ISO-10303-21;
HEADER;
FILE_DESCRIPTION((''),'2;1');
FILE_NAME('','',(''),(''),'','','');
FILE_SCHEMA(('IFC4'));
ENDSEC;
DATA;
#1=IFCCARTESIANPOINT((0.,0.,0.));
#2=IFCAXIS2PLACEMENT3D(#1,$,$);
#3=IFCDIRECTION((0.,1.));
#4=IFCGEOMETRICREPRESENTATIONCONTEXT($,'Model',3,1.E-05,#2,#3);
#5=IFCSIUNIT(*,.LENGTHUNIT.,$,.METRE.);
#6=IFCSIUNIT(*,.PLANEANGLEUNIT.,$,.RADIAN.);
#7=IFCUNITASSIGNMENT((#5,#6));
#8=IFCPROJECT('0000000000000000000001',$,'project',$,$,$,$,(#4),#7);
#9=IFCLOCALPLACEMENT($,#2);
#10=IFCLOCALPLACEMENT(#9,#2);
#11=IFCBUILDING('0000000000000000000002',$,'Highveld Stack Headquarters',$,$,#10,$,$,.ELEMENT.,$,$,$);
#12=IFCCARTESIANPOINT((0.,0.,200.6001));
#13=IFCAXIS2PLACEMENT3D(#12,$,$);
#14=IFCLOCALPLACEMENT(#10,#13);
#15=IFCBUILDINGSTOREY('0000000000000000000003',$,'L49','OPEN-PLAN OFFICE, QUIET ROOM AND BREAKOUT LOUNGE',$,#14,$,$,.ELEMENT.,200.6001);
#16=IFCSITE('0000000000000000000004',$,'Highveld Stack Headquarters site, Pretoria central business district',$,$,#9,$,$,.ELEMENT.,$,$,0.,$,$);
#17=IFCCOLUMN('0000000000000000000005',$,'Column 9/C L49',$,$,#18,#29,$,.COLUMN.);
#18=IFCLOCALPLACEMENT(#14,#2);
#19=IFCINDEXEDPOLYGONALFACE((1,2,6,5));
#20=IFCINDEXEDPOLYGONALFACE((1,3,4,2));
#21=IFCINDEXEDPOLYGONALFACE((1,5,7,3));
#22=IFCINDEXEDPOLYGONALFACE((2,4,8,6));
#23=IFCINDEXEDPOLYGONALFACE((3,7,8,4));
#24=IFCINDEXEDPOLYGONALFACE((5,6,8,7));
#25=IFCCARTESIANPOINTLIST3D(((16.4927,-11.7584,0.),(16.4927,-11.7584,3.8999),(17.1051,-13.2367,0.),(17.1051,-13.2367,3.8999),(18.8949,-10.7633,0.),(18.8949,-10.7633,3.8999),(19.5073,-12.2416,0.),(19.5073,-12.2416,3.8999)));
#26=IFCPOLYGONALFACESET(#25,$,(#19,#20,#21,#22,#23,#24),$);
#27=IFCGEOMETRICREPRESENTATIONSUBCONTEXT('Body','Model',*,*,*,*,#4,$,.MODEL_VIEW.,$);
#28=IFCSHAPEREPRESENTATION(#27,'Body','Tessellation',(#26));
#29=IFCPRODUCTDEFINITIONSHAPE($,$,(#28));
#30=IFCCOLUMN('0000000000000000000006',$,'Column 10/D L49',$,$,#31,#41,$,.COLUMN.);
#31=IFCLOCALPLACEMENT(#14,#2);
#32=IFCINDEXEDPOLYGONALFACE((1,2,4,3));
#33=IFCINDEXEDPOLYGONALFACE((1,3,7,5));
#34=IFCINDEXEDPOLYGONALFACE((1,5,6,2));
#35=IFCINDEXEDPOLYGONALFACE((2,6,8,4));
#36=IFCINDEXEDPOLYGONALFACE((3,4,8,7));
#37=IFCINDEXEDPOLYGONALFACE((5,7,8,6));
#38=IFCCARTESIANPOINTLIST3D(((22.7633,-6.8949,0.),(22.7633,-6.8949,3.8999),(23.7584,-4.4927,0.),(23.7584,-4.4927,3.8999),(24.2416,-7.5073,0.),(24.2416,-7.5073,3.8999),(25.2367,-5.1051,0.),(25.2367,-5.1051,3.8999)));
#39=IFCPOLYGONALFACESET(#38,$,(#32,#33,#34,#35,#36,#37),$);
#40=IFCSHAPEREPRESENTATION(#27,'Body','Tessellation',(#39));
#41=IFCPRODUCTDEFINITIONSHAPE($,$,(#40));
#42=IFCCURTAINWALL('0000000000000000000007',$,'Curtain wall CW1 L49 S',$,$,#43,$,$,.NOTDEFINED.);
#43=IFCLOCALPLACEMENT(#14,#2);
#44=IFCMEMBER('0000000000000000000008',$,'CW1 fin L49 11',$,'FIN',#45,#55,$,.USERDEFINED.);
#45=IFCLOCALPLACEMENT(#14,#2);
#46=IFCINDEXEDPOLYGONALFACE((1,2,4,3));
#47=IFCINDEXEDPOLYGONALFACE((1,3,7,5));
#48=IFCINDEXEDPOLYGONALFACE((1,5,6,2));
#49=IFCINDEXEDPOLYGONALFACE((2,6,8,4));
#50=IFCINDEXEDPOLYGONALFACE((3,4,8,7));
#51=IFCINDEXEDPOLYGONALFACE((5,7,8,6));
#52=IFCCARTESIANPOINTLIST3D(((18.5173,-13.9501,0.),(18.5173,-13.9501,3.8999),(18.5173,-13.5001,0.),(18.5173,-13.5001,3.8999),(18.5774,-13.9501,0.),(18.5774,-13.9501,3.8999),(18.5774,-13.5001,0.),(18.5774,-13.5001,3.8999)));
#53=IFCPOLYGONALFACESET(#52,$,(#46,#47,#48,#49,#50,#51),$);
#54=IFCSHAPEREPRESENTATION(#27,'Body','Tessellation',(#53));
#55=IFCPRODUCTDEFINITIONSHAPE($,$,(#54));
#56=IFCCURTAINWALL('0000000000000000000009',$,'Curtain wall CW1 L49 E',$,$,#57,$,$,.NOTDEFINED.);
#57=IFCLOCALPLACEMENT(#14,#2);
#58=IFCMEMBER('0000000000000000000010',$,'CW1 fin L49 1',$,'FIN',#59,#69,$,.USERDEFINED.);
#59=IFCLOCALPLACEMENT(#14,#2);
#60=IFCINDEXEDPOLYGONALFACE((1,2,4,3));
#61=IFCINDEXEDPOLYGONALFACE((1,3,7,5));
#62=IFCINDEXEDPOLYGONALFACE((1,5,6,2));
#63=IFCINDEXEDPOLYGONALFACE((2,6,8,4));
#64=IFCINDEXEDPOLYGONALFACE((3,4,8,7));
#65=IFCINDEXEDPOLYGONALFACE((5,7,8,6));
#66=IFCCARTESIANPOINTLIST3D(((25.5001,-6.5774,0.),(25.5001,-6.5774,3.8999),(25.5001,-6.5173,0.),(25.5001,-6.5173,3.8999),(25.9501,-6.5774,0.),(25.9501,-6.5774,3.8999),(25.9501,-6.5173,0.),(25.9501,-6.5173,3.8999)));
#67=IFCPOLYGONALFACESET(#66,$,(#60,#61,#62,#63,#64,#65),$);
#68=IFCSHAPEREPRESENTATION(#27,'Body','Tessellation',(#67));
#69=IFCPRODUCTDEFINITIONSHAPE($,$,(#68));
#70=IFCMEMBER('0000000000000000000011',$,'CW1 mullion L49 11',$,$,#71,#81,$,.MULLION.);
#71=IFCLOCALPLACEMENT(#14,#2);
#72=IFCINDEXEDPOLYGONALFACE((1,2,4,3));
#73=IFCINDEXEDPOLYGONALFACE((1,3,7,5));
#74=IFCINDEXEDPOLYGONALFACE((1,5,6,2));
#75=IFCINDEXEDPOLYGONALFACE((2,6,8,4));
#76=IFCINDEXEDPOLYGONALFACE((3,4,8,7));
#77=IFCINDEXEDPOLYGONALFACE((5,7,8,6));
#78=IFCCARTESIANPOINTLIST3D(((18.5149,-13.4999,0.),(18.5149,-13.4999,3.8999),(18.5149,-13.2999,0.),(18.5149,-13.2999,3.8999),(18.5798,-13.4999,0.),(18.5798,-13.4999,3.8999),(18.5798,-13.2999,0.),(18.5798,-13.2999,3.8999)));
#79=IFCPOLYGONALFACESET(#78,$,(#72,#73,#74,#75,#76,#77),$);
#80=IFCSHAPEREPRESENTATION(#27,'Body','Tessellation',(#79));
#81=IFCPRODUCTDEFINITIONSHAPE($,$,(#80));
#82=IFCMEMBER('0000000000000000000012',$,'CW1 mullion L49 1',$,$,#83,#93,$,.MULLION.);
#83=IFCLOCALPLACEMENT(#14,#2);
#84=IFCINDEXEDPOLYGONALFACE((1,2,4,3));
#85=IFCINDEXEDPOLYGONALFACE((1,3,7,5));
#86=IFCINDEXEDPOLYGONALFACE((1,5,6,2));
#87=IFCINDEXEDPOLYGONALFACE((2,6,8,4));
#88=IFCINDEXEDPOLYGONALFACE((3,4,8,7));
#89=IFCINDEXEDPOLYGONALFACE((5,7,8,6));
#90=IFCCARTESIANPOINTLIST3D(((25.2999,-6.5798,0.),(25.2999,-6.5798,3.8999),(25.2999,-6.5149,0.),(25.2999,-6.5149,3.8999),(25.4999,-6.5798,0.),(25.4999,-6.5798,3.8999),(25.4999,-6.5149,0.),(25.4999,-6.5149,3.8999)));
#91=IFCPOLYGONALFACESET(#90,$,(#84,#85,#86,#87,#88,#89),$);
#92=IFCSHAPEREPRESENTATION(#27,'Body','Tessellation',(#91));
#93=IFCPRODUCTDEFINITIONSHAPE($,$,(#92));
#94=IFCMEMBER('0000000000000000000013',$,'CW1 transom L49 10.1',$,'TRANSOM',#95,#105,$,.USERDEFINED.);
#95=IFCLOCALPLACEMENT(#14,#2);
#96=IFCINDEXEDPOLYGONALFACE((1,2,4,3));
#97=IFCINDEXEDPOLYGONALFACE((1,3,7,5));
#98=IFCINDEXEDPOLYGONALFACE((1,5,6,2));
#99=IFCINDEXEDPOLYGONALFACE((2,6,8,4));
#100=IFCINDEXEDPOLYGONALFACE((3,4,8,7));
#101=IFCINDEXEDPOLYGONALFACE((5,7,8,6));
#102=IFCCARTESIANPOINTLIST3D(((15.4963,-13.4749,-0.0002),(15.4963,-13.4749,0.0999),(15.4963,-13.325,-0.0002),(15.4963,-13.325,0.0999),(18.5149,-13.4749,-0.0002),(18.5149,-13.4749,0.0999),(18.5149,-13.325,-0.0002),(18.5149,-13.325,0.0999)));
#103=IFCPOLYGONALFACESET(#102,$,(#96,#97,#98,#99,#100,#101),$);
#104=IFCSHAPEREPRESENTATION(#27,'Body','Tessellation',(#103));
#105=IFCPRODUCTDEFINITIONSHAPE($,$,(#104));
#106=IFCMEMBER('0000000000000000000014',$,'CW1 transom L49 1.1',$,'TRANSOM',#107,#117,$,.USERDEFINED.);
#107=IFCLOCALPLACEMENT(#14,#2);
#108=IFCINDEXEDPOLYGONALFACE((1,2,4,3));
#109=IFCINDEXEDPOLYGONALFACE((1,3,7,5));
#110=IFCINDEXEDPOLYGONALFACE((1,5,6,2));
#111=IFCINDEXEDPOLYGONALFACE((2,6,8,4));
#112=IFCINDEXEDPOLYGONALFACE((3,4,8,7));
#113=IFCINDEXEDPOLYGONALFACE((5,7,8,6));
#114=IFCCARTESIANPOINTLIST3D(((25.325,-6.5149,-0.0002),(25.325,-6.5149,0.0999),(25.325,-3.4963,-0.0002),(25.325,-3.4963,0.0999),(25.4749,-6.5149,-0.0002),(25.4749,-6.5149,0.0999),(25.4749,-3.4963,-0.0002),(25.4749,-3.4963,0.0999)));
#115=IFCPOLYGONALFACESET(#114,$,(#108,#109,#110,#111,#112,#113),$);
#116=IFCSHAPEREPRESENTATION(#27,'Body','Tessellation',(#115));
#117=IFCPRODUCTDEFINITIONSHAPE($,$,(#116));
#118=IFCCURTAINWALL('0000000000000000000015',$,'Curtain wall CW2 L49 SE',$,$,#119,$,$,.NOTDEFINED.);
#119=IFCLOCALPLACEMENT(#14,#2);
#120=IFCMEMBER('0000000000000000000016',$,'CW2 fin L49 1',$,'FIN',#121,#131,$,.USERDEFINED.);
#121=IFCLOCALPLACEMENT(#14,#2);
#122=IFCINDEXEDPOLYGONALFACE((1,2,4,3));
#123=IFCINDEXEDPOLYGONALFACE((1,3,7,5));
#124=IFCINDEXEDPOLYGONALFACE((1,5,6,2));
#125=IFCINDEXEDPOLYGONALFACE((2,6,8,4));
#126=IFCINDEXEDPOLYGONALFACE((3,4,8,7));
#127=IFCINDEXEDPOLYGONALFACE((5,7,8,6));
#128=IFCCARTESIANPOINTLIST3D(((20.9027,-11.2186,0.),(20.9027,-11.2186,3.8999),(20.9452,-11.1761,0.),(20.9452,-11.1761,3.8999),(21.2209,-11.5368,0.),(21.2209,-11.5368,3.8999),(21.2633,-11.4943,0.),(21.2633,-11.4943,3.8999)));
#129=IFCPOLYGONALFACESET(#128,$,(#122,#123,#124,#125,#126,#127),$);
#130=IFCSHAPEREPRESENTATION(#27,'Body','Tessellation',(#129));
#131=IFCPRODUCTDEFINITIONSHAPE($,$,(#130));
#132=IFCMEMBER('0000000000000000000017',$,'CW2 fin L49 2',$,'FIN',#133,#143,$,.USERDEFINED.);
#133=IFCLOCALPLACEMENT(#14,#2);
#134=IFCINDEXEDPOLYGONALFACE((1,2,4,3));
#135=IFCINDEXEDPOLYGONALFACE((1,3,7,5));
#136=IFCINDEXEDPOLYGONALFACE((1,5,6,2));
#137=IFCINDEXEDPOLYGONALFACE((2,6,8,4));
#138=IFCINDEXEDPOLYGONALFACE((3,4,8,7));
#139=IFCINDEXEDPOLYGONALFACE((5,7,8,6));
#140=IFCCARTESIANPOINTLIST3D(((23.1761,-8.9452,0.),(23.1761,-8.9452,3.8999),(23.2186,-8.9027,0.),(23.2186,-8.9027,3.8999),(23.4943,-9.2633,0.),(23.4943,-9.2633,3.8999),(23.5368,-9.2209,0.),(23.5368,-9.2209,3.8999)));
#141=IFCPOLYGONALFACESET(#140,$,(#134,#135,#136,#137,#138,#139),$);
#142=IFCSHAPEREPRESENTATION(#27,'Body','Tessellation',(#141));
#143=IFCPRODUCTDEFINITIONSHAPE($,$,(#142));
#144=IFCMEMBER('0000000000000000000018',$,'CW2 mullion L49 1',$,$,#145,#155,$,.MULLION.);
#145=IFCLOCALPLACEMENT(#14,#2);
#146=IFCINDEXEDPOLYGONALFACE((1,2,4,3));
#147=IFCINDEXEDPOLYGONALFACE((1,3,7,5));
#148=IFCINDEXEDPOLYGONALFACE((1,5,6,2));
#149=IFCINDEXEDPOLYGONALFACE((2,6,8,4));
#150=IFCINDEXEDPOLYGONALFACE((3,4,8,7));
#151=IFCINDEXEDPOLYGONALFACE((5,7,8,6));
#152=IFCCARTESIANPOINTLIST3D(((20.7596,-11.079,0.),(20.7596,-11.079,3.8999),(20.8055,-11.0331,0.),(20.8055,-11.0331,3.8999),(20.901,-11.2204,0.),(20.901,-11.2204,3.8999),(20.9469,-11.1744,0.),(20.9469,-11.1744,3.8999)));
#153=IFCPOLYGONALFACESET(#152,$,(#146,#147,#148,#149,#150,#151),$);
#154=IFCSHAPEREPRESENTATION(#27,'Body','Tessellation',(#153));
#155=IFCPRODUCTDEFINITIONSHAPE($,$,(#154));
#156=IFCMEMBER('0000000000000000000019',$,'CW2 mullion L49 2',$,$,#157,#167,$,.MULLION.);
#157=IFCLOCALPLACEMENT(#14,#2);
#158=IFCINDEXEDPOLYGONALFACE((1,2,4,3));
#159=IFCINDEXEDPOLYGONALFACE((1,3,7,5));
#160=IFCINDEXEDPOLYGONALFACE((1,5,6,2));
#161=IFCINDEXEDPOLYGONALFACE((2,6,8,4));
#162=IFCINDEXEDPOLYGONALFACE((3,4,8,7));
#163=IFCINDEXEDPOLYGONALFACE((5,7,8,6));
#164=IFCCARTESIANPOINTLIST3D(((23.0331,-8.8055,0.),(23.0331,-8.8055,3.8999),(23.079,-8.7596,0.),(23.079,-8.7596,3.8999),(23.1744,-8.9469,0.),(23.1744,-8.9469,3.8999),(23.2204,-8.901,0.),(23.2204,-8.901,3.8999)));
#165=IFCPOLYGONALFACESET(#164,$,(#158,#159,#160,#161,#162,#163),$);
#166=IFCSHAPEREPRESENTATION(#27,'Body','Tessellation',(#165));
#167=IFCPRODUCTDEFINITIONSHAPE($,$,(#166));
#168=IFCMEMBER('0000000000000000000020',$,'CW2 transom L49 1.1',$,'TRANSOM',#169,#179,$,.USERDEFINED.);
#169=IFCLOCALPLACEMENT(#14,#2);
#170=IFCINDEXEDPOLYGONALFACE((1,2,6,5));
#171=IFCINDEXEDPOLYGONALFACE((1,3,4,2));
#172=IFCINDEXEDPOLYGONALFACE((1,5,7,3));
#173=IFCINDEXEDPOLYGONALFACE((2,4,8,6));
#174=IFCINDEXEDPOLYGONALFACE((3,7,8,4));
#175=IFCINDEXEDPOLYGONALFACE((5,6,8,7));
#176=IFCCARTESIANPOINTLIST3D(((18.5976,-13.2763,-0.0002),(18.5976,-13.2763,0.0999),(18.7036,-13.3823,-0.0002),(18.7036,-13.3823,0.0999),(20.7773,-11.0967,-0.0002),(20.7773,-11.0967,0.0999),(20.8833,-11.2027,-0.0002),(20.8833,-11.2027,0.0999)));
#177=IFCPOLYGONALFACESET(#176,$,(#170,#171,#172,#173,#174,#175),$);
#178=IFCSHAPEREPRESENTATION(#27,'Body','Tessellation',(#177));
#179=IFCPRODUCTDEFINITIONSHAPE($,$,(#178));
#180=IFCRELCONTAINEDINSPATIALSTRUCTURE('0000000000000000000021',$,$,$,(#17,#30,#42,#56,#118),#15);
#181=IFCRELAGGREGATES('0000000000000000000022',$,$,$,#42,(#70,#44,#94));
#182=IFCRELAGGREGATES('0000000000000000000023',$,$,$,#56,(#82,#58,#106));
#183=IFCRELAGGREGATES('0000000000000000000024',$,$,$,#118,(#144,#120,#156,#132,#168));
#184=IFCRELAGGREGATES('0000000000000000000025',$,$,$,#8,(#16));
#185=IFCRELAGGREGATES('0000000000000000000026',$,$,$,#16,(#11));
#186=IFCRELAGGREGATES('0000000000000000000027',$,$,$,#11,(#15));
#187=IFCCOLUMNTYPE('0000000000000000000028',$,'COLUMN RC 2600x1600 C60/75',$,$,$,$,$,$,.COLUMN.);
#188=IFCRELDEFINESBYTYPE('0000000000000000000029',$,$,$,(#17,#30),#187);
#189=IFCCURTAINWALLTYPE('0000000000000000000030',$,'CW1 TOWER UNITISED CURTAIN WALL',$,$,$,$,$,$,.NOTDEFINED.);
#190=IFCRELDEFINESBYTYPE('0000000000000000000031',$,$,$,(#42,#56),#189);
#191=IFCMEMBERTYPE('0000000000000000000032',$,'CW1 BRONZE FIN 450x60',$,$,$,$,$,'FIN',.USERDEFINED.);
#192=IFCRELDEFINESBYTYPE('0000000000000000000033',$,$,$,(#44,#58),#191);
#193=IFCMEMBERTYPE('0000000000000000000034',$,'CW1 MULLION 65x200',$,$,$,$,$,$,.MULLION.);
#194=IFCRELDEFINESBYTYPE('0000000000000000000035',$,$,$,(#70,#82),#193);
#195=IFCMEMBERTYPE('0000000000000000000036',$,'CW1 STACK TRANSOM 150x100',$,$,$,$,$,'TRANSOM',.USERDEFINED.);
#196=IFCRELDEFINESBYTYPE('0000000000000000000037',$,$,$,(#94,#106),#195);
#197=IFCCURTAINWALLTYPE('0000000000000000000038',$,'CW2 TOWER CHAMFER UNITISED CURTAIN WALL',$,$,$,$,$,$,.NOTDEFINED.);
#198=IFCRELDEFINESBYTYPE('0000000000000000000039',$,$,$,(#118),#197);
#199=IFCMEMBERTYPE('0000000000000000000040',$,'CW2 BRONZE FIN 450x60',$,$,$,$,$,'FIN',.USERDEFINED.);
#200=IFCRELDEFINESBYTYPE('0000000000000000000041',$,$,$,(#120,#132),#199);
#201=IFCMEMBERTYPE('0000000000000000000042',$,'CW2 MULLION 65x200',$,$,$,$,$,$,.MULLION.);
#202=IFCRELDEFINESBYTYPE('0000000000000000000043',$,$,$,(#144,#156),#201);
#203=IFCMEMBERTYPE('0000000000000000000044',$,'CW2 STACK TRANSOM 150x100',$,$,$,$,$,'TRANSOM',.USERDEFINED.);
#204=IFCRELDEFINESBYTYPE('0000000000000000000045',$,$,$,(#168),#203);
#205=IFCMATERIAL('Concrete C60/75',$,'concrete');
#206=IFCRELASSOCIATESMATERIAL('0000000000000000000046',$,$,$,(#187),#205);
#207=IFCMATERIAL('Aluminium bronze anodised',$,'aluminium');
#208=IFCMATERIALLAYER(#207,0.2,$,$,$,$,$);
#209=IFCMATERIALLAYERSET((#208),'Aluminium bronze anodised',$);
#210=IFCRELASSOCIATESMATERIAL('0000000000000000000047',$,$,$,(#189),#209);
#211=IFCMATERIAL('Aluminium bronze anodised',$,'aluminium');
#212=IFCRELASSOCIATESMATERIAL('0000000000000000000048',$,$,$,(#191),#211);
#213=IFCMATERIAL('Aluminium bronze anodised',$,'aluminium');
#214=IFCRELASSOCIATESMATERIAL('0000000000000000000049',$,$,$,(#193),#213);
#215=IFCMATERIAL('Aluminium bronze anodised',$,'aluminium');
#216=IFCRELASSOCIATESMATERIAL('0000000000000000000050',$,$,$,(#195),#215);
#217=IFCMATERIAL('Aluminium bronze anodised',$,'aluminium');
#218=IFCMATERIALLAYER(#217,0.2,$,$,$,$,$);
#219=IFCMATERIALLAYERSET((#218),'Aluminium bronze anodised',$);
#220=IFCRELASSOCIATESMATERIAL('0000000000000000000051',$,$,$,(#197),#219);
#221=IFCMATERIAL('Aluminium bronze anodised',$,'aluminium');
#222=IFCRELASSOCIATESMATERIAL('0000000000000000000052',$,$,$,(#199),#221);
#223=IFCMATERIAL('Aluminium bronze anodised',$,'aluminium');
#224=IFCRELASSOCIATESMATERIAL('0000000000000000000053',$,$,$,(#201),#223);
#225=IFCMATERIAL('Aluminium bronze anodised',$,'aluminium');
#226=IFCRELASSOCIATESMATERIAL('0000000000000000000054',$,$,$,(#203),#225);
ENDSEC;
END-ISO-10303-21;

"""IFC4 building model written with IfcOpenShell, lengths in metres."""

from ifc_helpers import new_model, si_unit, direction, frame, origin, origin_2d, place, context, subcontext, project, spatial, rectangle, extrude, material, layer, layer_set, material_profile, profile_set, type_object, element, aggregate, save


model = new_model("IFC4")

# Units and contexts
model_context = context("Model", 3, precision=1e-05, world=origin(), true_north=direction((0.0, 1.0)))
body_context = subcontext(model_context, "Body", "Model", "MODEL_VIEW")
ifc_project = project(units=[si_unit("LENGTHUNIT", "METRE"), si_unit("PLANEANGLEUNIT", "RADIAN")], contexts=[model_context])

# Site, building, storey
site_placement = place(None, origin())
site = spatial("IfcSite", under=ifc_project, at=site_placement, Name="Highveld Stack Headquarters site, Pretoria central business district", CompositionType="ELEMENT", RefElevation=0.0)
building_placement = place(site_placement, origin())
building = spatial("IfcBuilding", under=site, at=building_placement, Name="Highveld Stack Headquarters", CompositionType="ELEMENT")
storey_placement = place(building_placement, frame((0.0, 0.0, 200.6001)))
storey = spatial("IfcBuildingStorey", under=building, at=storey_placement, Name="L49", Description="OPEN-PLAN OFFICE, QUIET ROOM AND BREAKOUT LOUNGE", CompositionType="ELEMENT", Elevation=200.6001)

# Columns
ifc_material_1 = material(Name="Concrete C60/75", Category="concrete")
ifc_material_profile_1 = material_profile(ifc_material_1, rectangle(XDim=2.6001, YDim=1.6001, at=origin_2d()), Name="RC 2600x1600")
ifc_profile_set_1 = profile_set([ifc_material_profile_1], Name="Concrete C60/75")
column_type = type_object("IfcColumnType", Name="COLUMN RC 2600x1600 C60/75", PredefinedType="COLUMN", material=ifc_profile_set_1)
for number, where, z_axis, x_axis, name in (
    (1, (18.0, -12.0, 0.0), (0.0, 0.0, 1.0), (-0.92388, -0.382683, 0.0), "Column 9/C L49"),
    (2, (24.0, -6.0, 0.0), (0.0, 0.0, 1.0), (-0.382683, -0.92388, 0.0), "Column 10/D L49"),
):
    element("IfcColumn", number, at=place(storey_placement, frame(where, z_axis=z_axis, x_axis=x_axis)), inside=storey, type_object=column_type, Name=name, PredefinedType="COLUMN", context=body_context, shape_type="SweptSolid", body=[
        extrude(rectangle(XDim=2.6001, YDim=1.6001, at=origin_2d()), origin(), (0.0, 0.0, 1.0), 3.8999),
    ])

# Curtain walls, members
ifc_material_2 = material(Name="Aluminium bronze anodised", Category="aluminium")
ifc_layer_1 = layer(ifc_material_2, 0.2)
ifc_layer_set_1 = layer_set([ifc_layer_1], Name="Aluminium bronze anodised")
curtain_wall_type_1 = type_object("IfcCurtainWallType", Name="CW1 TOWER UNITISED CURTAIN WALL", PredefinedType="NOTDEFINED", material=ifc_layer_set_1)
curtain_wall_1_placement = place(storey_placement, origin())
curtain_wall_1 = element("IfcCurtainWall", 3, at=curtain_wall_1_placement, inside=storey, type_object=curtain_wall_type_1, Name="Curtain wall CW1 L49 S", PredefinedType="NOTDEFINED")
ifc_material_3 = material(Name="Aluminium bronze anodised", Category="aluminium")
ifc_material_profile_2 = material_profile(ifc_material_3, rectangle(XDim=0.45, YDim=0.0601, at=origin_2d()), Name="FIN 450x60")
ifc_profile_set_2 = profile_set([ifc_material_profile_2], Name="Aluminium bronze anodised")
member_type_1 = type_object("IfcMemberType", Name="CW1 BRONZE FIN 450x60", ElementType="FIN", PredefinedType="USERDEFINED", material=ifc_profile_set_2)
member_1_placement = place(storey_placement, frame((18.5474, -13.7251, 0.0), z_axis=(0.0, 0.0, 1.0), x_axis=(0.0, 1.0, 0.0)))
member_1 = element("IfcMember", 4, at=member_1_placement, type_object=member_type_1, Name="CW1 fin L49 11", ObjectType="FIN", PredefinedType="USERDEFINED", context=body_context, shape_type="SweptSolid", body=[
    extrude(rectangle(XDim=0.45, YDim=0.0601, at=origin_2d()), origin(), (0.0, 0.0, 1.0), 3.8999),
])
curtain_wall_2_placement = place(storey_placement, origin())
curtain_wall_2 = element("IfcCurtainWall", 5, at=curtain_wall_2_placement, inside=storey, type_object=curtain_wall_type_1, Name="Curtain wall CW1 L49 E", PredefinedType="NOTDEFINED")
member_2_placement = place(storey_placement, frame((25.7251, -6.5474, 0.0), z_axis=(0.0, 0.0, 1.0), x_axis=(-1.0, 0.0, 0.0)))
member_2 = element("IfcMember", 6, at=member_2_placement, type_object=member_type_1, Name="CW1 fin L49 1", ObjectType="FIN", PredefinedType="USERDEFINED", context=body_context, shape_type="SweptSolid", body=[
    extrude(rectangle(XDim=0.45, YDim=0.0601, at=origin_2d()), origin(), (0.0, 0.0, 1.0), 3.8999),
])

# Members
ifc_material_4 = material(Name="Aluminium bronze anodised", Category="aluminium")
ifc_material_profile_3 = material_profile(ifc_material_4, rectangle(XDim=0.2, YDim=0.0649, at=origin_2d()), Name="CW1 MULLION 65x200")
ifc_profile_set_3 = profile_set([ifc_material_profile_3], Name="Aluminium bronze anodised")
member_type_2 = type_object("IfcMemberType", Name="CW1 MULLION 65x200", PredefinedType="MULLION", material=ifc_profile_set_3)
member_3_placement = place(storey_placement, frame((18.5474, -13.3999, 0.0), z_axis=(0.0, 0.0, 1.0), x_axis=(0.0, 1.0, 0.0)))
member_3 = element("IfcMember", 7, at=member_3_placement, type_object=member_type_2, Name="CW1 mullion L49 11", PredefinedType="MULLION", context=body_context, shape_type="SweptSolid", body=[
    extrude(rectangle(XDim=0.2, YDim=0.0649, at=origin_2d()), origin(), (0.0, 0.0, 1.0), 3.8999),
])
member_4_placement = place(storey_placement, frame((25.3999, -6.5474, 0.0), z_axis=(0.0, 0.0, 1.0), x_axis=(-1.0, 0.0, 0.0)))
member_4 = element("IfcMember", 8, at=member_4_placement, type_object=member_type_2, Name="CW1 mullion L49 1", PredefinedType="MULLION", context=body_context, shape_type="SweptSolid", body=[
    extrude(rectangle(XDim=0.2, YDim=0.0649, at=origin_2d()), origin(), (0.0, 0.0, 1.0), 3.8999),
])
ifc_material_5 = material(Name="Aluminium bronze anodised", Category="aluminium")
ifc_material_profile_4 = material_profile(ifc_material_5, rectangle(XDim=0.1499, YDim=0.1001, at=origin_2d()), Name="CW1 TRANSOM 150x100")
ifc_profile_set_4 = profile_set([ifc_material_profile_4], Name="Aluminium bronze anodised")
member_type_3 = type_object("IfcMemberType", Name="CW1 STACK TRANSOM 150x100", ElementType="TRANSOM", PredefinedType="USERDEFINED", material=ifc_profile_set_4)
member_5_placement = place(storey_placement, frame((15.4963, -13.3999, 0.0498), z_axis=(1.0, 0.0, 0.0), x_axis=(0.0, 1.0, 0.0)))
member_5 = element("IfcMember", 9, at=member_5_placement, type_object=member_type_3, Name="CW1 transom L49 10.1", ObjectType="TRANSOM", PredefinedType="USERDEFINED", context=body_context, shape_type="SweptSolid", body=[
    extrude(rectangle(XDim=0.1499, YDim=0.1001, at=origin_2d()), origin(), (0.0, 0.0, 1.0), 3.0186),
])
member_6_placement = place(storey_placement, frame((25.3999, -6.5149, 0.0498), z_axis=(0.0, 1.0, 0.0), x_axis=(-1.0, 0.0, 0.0)))
member_6 = element("IfcMember", 10, at=member_6_placement, type_object=member_type_3, Name="CW1 transom L49 1.1", ObjectType="TRANSOM", PredefinedType="USERDEFINED", context=body_context, shape_type="SweptSolid", body=[
    extrude(rectangle(XDim=0.1499, YDim=0.1001, at=origin_2d()), origin(), (0.0, 0.0, 1.0), 3.0186),
])

# Curtain wall, members
ifc_material_6 = material(Name="Aluminium bronze anodised", Category="aluminium")
ifc_layer_2 = layer(ifc_material_6, 0.2)
ifc_layer_set_2 = layer_set([ifc_layer_2], Name="Aluminium bronze anodised")
curtain_wall_type_2 = type_object("IfcCurtainWallType", Name="CW2 TOWER CHAMFER UNITISED CURTAIN WALL", PredefinedType="NOTDEFINED", material=ifc_layer_set_2)
curtain_wall_3_placement = place(storey_placement, origin())
curtain_wall_3 = element("IfcCurtainWall", 11, at=curtain_wall_3_placement, inside=storey, type_object=curtain_wall_type_2, Name="Curtain wall CW2 L49 SE", PredefinedType="NOTDEFINED")
ifc_material_7 = material(Name="Aluminium bronze anodised", Category="aluminium")
ifc_material_profile_5 = material_profile(ifc_material_7, rectangle(XDim=0.45, YDim=0.0601, at=origin_2d()), Name="FIN 450x60")
ifc_profile_set_5 = profile_set([ifc_material_profile_5], Name="Aluminium bronze anodised")
member_type_4 = type_object("IfcMemberType", Name="CW2 BRONZE FIN 450x60", ElementType="FIN", PredefinedType="USERDEFINED", material=ifc_profile_set_5)
member_7_placement = place(storey_placement, frame((21.083, -11.3564, 0.0), z_axis=(0.0, 0.0, 1.0), x_axis=(-0.707107, 0.707107, 0.0)))
member_7 = element("IfcMember", 12, at=member_7_placement, type_object=member_type_4, Name="CW2 fin L49 1", ObjectType="FIN", PredefinedType="USERDEFINED", context=body_context, shape_type="SweptSolid", body=[
    extrude(rectangle(XDim=0.45, YDim=0.0601, at=origin_2d()), origin(), (0.0, 0.0, 1.0), 3.8999),
])
member_8_placement = place(storey_placement, frame((23.3564, -9.083, 0.0), z_axis=(0.0, 0.0, 1.0), x_axis=(-0.707107, 0.707107, 0.0)))
member_8 = element("IfcMember", 13, at=member_8_placement, type_object=member_type_4, Name="CW2 fin L49 2", ObjectType="FIN", PredefinedType="USERDEFINED", context=body_context, shape_type="SweptSolid", body=[
    extrude(rectangle(XDim=0.45, YDim=0.0601, at=origin_2d()), origin(), (0.0, 0.0, 1.0), 3.8999),
])
ifc_material_8 = material(Name="Aluminium bronze anodised", Category="aluminium")
ifc_material_profile_6 = material_profile(ifc_material_8, rectangle(XDim=0.2, YDim=0.0649, at=origin_2d()), Name="CW2 MULLION 65x200")
ifc_profile_set_6 = profile_set([ifc_material_profile_6], Name="Aluminium bronze anodised")
member_type_5 = type_object("IfcMemberType", Name="CW2 MULLION 65x200", PredefinedType="MULLION", material=ifc_profile_set_6)
member_9_placement = place(storey_placement, frame((20.8533, -11.1267, 0.0), z_axis=(0.0, 0.0, 1.0), x_axis=(-0.707107, 0.707107, 0.0)))
member_9 = element("IfcMember", 14, at=member_9_placement, type_object=member_type_5, Name="CW2 mullion L49 1", PredefinedType="MULLION", context=body_context, shape_type="SweptSolid", body=[
    extrude(rectangle(XDim=0.2, YDim=0.0649, at=origin_2d()), origin(), (0.0, 0.0, 1.0), 3.8999),
])
member_10_placement = place(storey_placement, frame((23.1267, -8.8533, 0.0), z_axis=(0.0, 0.0, 1.0), x_axis=(-0.707107, 0.707107, 0.0)))
member_10 = element("IfcMember", 15, at=member_10_placement, type_object=member_type_5, Name="CW2 mullion L49 2", PredefinedType="MULLION", context=body_context, shape_type="SweptSolid", body=[
    extrude(rectangle(XDim=0.2, YDim=0.0649, at=origin_2d()), origin(), (0.0, 0.0, 1.0), 3.8999),
])
ifc_material_9 = material(Name="Aluminium bronze anodised", Category="aluminium")
ifc_material_profile_7 = material_profile(ifc_material_9, rectangle(XDim=0.1499, YDim=0.1001, at=origin_2d()), Name="CW2 TRANSOM 150x100")
ifc_profile_set_7 = profile_set([ifc_material_profile_7], Name="Aluminium bronze anodised")
member_type_6 = type_object("IfcMemberType", Name="CW2 STACK TRANSOM 150x100", ElementType="TRANSOM", PredefinedType="USERDEFINED", material=ifc_profile_set_7)
member_11_placement = place(storey_placement, frame((18.6506, -13.3293, 0.0498), z_axis=(0.707107, 0.707107, 0.0), x_axis=(-0.707107, 0.707107, 0.0)))
member_11 = element("IfcMember", 16, at=member_11_placement, type_object=member_type_6, Name="CW2 transom L49 1.1", ObjectType="TRANSOM", PredefinedType="USERDEFINED", context=body_context, shape_type="SweptSolid", body=[
    extrude(rectangle(XDim=0.1499, YDim=0.1001, at=origin_2d()), origin(), (0.0, 0.0, 1.0), 3.0825),
])

aggregate(curtain_wall_1, [member_3, member_1, member_5])
aggregate(curtain_wall_2, [member_4, member_2, member_6])
aggregate(curtain_wall_3, [member_9, member_7, member_10, member_8, member_11])

save(model, "model.ifc")
